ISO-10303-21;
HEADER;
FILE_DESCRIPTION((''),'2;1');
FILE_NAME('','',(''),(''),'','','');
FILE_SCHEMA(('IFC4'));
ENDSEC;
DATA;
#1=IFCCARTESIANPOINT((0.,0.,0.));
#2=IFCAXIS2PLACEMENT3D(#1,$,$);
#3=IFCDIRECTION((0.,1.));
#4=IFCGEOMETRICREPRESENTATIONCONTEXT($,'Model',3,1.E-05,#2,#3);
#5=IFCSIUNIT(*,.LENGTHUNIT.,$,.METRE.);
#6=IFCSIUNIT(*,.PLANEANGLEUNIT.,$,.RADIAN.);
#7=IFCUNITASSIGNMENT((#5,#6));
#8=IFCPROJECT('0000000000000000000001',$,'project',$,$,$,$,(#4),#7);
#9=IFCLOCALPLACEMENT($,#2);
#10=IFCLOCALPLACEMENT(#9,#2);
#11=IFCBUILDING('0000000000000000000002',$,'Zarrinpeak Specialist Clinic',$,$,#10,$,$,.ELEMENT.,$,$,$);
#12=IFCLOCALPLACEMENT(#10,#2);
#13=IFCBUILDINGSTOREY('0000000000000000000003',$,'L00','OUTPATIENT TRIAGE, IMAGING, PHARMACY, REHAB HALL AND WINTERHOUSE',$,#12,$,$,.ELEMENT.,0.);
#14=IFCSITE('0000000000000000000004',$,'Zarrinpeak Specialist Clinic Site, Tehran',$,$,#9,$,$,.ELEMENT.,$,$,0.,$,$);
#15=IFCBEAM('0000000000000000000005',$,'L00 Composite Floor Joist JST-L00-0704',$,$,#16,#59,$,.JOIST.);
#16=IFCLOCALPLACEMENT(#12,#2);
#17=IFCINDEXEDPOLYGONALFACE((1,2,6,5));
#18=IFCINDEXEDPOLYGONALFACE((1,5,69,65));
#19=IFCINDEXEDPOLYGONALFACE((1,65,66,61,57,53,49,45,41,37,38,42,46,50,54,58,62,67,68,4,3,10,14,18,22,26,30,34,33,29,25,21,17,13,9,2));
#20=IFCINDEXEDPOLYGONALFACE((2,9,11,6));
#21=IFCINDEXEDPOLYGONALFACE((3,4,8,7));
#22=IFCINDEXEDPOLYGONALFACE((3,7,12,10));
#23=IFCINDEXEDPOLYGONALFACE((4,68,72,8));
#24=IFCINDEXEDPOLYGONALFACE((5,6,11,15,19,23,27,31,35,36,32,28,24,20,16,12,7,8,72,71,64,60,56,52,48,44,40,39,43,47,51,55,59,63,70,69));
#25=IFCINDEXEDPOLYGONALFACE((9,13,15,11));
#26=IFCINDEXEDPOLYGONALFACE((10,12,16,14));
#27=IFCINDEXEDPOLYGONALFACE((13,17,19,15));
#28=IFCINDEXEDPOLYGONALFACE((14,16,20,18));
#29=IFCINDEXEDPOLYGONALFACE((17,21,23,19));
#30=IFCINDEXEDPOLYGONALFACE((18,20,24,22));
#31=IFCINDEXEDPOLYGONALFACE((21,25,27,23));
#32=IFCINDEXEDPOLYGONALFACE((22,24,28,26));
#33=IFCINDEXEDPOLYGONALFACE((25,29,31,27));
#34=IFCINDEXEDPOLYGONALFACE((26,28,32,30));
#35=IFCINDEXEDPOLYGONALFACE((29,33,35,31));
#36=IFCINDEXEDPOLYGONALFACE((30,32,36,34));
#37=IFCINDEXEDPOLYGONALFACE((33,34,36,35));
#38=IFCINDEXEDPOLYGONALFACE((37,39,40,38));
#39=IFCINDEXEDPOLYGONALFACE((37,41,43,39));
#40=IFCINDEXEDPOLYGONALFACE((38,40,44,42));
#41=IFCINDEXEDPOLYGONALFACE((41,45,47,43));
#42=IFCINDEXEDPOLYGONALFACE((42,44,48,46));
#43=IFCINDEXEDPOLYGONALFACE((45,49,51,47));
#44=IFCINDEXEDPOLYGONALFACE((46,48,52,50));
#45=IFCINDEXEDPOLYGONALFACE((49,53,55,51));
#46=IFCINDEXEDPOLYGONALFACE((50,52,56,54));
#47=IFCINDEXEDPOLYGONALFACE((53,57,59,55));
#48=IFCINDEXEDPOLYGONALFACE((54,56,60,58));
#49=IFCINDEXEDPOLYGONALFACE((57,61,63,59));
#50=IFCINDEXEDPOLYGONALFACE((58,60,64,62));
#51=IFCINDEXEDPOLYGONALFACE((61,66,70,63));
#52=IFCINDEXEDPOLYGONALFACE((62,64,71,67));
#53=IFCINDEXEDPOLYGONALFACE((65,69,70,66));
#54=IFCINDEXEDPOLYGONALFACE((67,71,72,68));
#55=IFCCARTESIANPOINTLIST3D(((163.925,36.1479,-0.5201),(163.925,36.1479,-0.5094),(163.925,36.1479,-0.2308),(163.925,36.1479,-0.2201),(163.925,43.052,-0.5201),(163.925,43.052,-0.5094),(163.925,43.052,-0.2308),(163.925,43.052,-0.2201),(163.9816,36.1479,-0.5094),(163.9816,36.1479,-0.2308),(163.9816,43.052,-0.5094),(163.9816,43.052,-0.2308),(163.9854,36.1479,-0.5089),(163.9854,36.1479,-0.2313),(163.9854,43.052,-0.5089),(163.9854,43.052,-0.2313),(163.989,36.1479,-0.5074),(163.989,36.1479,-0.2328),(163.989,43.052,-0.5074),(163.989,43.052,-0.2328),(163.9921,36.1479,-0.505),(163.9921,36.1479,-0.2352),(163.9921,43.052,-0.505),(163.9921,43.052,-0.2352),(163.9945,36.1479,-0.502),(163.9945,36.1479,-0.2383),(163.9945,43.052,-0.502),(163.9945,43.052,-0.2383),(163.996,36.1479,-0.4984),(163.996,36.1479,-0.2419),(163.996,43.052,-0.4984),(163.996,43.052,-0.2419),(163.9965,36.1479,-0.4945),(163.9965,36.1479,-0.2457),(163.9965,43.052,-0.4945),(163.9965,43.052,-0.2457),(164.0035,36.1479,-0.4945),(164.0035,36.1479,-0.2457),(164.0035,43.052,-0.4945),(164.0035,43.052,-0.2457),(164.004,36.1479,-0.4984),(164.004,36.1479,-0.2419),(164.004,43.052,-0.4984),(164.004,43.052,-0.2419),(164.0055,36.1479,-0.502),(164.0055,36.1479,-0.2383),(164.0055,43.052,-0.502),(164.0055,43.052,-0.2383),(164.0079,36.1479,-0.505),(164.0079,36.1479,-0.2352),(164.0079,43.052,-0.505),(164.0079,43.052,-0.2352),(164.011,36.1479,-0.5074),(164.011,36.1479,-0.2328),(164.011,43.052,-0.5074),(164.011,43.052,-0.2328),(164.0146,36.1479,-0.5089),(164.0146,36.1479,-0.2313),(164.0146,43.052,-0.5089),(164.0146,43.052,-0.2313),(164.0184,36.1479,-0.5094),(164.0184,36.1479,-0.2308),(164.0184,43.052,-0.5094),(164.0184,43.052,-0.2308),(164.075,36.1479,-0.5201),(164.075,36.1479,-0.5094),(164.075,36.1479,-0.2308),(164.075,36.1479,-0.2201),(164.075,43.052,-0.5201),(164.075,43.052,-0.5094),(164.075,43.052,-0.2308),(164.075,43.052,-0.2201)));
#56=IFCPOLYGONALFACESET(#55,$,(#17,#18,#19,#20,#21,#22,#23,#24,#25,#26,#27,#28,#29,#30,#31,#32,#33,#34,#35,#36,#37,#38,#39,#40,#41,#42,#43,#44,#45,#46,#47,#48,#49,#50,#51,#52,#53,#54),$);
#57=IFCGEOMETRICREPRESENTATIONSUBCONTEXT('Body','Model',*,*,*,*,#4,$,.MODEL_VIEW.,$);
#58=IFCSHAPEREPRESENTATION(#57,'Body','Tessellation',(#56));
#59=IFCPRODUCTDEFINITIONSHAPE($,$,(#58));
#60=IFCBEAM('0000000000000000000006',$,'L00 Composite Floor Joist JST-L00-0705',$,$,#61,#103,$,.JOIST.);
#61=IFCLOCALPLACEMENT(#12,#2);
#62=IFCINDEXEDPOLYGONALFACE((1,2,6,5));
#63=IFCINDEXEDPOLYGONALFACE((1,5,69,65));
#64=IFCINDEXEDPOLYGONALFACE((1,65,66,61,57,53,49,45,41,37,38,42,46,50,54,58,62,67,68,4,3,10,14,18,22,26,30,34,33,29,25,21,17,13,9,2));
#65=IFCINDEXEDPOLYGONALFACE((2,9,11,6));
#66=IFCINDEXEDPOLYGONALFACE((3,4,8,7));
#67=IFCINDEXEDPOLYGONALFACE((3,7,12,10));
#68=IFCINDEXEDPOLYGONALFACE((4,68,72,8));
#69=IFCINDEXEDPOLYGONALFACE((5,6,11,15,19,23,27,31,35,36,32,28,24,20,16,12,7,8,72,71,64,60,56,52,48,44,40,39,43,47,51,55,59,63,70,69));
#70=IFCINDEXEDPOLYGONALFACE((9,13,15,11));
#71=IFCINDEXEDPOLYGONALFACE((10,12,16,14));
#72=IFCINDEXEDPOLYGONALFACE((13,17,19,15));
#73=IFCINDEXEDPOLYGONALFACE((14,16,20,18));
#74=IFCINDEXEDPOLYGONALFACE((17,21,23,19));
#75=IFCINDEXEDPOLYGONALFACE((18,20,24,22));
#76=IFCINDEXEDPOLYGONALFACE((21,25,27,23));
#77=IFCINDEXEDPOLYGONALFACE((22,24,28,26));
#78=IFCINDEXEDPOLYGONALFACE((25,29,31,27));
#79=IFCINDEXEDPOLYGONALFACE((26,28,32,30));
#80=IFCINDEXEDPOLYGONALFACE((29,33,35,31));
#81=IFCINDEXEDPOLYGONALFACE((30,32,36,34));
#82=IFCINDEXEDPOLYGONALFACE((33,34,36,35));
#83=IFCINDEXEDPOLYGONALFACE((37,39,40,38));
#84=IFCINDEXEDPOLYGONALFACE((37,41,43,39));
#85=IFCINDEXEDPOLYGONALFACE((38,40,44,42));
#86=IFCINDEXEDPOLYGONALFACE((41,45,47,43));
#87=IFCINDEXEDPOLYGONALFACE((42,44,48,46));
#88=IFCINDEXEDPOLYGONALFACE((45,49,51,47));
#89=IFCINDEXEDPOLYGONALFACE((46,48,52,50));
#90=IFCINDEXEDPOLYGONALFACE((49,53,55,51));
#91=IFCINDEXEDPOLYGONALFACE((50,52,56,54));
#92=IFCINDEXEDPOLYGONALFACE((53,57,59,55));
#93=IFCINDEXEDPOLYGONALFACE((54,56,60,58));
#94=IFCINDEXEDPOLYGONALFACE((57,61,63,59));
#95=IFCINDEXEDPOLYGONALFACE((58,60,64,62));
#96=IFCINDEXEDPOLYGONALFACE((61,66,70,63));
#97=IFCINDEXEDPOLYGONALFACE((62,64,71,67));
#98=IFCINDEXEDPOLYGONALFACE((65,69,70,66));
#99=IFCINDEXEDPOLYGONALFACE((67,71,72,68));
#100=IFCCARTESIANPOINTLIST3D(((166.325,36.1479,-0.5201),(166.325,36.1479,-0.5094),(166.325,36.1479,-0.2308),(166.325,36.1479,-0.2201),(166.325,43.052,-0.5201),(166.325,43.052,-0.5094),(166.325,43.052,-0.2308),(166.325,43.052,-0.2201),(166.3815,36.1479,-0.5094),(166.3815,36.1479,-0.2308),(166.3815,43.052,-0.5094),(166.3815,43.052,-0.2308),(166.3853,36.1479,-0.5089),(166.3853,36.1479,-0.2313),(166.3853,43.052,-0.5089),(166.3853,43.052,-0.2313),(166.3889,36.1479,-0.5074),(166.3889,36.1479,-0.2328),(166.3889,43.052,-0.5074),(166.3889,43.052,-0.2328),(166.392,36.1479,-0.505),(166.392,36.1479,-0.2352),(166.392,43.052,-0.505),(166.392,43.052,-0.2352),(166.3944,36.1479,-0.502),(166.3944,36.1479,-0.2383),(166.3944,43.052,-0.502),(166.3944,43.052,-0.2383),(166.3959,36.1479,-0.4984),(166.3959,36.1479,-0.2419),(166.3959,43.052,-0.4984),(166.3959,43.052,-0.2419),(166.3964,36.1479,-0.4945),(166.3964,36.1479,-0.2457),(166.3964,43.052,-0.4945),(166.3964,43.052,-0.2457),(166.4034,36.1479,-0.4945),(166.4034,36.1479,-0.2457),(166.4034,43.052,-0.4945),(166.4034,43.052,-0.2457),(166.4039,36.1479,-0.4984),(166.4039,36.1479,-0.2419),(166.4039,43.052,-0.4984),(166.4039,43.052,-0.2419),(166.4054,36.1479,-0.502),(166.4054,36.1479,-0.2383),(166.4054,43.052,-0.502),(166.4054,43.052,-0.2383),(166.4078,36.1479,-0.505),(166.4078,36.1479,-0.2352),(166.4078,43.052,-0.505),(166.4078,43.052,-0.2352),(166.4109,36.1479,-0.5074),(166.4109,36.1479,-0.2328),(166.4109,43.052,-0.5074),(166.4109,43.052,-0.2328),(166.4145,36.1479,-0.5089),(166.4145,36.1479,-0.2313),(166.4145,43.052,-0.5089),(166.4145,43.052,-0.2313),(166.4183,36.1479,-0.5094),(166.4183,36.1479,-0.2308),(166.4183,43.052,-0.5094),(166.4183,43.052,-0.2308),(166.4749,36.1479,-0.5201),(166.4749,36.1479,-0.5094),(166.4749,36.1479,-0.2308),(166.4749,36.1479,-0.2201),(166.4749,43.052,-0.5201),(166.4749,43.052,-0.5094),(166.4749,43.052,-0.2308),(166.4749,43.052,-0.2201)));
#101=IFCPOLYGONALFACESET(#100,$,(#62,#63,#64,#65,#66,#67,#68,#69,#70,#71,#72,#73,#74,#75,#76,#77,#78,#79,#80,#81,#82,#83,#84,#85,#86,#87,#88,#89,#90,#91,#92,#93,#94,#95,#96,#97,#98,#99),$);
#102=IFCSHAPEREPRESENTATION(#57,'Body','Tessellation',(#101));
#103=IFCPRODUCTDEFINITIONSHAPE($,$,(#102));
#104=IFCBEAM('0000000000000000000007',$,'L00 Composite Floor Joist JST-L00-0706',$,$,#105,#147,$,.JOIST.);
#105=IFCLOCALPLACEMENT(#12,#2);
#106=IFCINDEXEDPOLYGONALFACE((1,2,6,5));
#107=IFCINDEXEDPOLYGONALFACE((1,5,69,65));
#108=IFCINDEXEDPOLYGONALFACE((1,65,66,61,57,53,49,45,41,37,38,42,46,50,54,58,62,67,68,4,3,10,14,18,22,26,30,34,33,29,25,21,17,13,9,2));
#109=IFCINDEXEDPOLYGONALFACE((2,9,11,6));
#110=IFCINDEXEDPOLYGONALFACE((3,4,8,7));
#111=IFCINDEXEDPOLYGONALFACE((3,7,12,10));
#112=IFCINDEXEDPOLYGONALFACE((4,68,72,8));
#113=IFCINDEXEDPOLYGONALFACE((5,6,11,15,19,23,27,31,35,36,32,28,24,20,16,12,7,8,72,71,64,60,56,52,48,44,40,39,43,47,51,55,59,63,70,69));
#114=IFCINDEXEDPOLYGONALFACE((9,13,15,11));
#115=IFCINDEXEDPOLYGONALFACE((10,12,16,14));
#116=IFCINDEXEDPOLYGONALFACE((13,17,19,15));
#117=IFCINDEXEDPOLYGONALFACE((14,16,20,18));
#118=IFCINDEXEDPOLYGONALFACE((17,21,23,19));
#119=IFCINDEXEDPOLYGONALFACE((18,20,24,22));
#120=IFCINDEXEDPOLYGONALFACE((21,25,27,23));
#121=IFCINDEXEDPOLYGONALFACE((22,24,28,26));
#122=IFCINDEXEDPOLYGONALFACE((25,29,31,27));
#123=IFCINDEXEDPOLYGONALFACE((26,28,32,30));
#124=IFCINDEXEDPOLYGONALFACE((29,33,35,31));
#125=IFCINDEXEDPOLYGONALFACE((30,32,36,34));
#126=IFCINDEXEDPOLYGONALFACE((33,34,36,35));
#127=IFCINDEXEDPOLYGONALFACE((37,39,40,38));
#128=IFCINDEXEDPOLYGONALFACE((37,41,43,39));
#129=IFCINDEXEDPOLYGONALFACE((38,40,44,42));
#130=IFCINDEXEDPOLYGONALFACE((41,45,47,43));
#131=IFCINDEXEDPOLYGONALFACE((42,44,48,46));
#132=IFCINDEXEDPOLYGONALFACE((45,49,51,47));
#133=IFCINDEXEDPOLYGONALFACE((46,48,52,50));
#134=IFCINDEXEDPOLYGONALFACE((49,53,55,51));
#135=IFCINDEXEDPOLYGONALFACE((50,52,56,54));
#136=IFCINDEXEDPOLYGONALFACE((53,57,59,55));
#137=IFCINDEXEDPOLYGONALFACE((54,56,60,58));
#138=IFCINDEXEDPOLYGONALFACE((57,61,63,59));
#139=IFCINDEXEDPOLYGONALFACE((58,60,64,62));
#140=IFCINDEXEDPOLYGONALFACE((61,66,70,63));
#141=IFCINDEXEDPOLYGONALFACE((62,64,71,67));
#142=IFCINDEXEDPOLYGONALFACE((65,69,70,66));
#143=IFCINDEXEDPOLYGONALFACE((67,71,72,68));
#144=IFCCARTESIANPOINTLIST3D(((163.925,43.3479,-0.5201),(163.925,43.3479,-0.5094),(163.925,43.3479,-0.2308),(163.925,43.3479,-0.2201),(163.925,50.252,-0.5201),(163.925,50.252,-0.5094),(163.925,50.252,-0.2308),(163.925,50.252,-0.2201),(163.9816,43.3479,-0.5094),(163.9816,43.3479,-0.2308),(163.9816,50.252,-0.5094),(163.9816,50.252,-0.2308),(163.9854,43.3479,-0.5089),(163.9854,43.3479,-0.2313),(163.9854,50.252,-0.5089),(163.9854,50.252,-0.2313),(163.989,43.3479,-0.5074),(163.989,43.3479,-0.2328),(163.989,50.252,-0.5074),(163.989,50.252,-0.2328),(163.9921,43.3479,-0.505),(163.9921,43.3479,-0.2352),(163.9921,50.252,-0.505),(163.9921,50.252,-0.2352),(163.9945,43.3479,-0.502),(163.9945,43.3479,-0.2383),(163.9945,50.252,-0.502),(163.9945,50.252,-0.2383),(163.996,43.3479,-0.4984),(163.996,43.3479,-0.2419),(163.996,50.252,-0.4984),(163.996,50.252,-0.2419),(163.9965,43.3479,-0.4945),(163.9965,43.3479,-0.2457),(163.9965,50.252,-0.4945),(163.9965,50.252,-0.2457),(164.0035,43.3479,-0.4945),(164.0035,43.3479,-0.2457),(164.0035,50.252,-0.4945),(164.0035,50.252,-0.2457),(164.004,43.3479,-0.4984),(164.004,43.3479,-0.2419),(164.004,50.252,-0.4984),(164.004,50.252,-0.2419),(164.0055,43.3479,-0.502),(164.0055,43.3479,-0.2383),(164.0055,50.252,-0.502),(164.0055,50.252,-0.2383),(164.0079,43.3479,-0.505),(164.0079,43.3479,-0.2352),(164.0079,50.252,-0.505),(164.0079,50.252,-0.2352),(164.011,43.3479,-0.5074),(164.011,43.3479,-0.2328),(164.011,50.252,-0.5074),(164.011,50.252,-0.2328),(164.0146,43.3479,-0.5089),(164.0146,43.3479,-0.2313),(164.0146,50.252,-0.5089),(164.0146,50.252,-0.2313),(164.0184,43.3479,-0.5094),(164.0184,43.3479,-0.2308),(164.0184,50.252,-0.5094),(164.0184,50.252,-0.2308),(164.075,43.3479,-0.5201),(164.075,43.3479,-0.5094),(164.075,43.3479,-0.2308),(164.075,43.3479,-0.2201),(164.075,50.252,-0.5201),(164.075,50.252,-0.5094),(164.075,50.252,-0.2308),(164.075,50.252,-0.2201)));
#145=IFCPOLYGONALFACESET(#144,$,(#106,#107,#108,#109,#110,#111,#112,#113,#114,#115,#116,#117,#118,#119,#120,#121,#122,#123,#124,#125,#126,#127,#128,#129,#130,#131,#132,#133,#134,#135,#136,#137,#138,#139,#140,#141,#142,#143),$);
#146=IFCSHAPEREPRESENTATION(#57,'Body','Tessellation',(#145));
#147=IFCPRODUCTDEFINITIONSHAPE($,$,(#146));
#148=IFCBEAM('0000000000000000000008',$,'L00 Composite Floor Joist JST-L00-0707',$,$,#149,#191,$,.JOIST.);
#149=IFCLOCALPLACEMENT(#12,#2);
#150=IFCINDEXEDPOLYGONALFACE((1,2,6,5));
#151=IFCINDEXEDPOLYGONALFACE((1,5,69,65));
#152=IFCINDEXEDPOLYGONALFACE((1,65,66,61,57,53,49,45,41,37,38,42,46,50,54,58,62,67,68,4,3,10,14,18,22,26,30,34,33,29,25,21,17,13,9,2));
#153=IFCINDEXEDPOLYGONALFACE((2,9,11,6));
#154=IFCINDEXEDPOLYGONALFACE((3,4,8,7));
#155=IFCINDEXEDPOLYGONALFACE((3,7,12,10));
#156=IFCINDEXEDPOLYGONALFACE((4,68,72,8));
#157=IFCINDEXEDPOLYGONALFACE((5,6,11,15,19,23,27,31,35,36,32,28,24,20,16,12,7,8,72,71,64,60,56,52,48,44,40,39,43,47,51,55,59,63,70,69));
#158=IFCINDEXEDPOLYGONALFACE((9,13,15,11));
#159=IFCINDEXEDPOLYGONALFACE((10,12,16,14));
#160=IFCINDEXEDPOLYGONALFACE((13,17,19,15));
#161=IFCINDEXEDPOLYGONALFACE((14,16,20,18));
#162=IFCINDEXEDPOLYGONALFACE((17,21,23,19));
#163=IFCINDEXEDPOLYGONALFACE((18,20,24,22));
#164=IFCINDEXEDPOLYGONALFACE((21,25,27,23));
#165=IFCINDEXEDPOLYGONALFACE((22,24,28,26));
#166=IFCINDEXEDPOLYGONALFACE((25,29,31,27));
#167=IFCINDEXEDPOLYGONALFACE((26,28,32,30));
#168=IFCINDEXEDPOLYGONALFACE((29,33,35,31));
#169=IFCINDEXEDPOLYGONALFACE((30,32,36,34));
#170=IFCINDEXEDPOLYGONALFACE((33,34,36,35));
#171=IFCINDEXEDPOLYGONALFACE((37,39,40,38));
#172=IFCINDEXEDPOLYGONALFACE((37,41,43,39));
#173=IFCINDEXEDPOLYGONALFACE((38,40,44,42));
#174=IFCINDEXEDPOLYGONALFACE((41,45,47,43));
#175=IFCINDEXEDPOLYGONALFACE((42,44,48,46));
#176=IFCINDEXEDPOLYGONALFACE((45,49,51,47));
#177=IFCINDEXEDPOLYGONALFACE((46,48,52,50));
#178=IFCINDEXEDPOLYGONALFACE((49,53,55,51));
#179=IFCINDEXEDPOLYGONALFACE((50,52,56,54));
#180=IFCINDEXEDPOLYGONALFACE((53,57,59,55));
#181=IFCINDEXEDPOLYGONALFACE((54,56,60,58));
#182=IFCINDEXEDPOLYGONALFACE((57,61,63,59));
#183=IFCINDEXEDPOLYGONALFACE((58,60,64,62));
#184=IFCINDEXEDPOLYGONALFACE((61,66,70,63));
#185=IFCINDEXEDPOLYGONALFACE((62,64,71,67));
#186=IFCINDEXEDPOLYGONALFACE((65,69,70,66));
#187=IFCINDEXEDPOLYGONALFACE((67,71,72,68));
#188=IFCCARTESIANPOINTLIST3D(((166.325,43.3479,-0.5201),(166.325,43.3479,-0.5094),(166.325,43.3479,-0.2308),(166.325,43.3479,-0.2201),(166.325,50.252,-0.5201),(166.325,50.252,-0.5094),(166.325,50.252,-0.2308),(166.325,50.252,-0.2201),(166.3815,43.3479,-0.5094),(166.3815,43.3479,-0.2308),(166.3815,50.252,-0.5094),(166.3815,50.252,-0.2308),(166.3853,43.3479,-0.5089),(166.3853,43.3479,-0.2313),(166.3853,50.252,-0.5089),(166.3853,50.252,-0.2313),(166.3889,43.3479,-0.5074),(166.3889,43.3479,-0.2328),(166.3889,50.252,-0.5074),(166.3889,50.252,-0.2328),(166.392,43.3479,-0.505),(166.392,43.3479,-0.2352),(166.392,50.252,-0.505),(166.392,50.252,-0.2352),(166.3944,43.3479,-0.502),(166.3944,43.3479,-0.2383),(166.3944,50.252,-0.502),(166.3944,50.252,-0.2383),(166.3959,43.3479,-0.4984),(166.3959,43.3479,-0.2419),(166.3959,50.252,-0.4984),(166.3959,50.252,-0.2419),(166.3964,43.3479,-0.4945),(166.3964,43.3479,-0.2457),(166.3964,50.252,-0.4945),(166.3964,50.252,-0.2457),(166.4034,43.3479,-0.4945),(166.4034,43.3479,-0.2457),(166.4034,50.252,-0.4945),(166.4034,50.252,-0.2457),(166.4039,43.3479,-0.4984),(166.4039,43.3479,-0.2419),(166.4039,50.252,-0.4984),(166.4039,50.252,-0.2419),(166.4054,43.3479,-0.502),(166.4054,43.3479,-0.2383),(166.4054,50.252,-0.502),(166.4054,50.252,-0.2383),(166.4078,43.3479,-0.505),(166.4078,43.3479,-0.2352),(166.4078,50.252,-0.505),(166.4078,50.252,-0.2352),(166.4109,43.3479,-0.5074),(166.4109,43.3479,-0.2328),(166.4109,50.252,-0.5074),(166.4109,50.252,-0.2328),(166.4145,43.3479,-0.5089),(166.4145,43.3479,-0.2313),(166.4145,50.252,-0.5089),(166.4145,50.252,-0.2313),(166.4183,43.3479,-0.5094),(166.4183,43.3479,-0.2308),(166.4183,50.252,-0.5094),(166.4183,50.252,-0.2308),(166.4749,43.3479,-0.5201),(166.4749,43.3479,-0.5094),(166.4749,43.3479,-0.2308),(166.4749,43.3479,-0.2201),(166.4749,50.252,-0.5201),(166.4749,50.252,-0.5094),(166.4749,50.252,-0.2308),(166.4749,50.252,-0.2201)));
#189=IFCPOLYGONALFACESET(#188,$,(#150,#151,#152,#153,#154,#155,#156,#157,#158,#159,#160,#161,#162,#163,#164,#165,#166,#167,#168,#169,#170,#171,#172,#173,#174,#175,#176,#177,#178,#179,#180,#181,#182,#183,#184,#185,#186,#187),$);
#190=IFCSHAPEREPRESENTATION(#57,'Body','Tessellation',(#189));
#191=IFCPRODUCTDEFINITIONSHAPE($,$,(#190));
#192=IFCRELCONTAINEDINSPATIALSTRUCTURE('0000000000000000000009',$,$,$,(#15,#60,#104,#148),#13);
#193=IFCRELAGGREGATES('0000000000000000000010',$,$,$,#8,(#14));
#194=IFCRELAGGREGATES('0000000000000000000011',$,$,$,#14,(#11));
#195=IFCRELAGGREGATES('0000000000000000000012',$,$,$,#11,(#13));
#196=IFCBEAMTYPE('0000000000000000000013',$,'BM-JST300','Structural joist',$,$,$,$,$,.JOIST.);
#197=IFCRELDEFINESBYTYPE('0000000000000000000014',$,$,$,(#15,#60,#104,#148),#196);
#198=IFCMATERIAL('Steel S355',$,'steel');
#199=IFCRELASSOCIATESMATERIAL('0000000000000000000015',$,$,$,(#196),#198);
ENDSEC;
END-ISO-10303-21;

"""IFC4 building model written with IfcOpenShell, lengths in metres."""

from ifc_helpers import new_model, si_unit, direction, frame, origin, origin_2d, place, context, subcontext, project, spatial, i_section, extrude, material, material_profile, profile_set, type_object, element, save


model = new_model("IFC4")

# Units and contexts
model_context = context("Model", 3, precision=1e-05, world=origin(), true_north=direction((0.0, 1.0)))
body_context = subcontext(model_context, "Body", "Model", "MODEL_VIEW")
ifc_project = project(units=[si_unit("LENGTHUNIT", "METRE"), si_unit("PLANEANGLEUNIT", "RADIAN")], contexts=[model_context])

# Site, building, storey
site_placement = place(None, origin())
site = spatial("IfcSite", under=ifc_project, at=site_placement, Name="Zarrinpeak Specialist Clinic Site, Tehran", CompositionType="ELEMENT", RefElevation=0.0)
building_placement = place(site_placement, origin())
building = spatial("IfcBuilding", under=site, at=building_placement, Name="Zarrinpeak Specialist Clinic", CompositionType="ELEMENT")
storey_placement = place(building_placement, origin())
storey = spatial("IfcBuildingStorey", under=building, at=storey_placement, Name="L00", Description="OUTPATIENT TRIAGE, IMAGING, PHARMACY, REHAB HALL AND WINTERHOUSE", CompositionType="ELEMENT", Elevation=0.0)

# Beams
ifc_material_1 = material(Name="Steel S355", Category="steel")
ifc_material_profile_1 = material_profile(ifc_material_1, i_section(OverallWidth=0.1499, OverallDepth=0.3, WebThickness=0.0071, FlangeThickness=0.0107, FilletRadius=0.0149, at=origin_2d()), Name="IPE 300")
ifc_profile_set_1 = profile_set([ifc_material_profile_1], Name="Steel S355")
beam_type_1 = type_object("IfcBeamType", Name="BM-JST300", Description="Structural joist", PredefinedType="JOIST", material=ifc_profile_set_1)
for number, where, z_axis, x_axis, name in (
    (1, (164.0, 36.1479, -0.3701), (0.0, 1.0, 0.0), (-1.0, 0.0, 0.0), "L00 Composite Floor Joist JST-L00-0704"),
    (2, (166.3999, 36.1479, -0.3701), (0.0, 1.0, 0.0), (-1.0, 0.0, 0.0), "L00 Composite Floor Joist JST-L00-0705"),
    (3, (164.0, 43.3479, -0.3701), (0.0, 1.0, 0.0), (-1.0, 0.0, 0.0), "L00 Composite Floor Joist JST-L00-0706"),
    (4, (166.3999, 43.3479, -0.3701), (0.0, 1.0, 0.0), (-1.0, 0.0, 0.0), "L00 Composite Floor Joist JST-L00-0707"),
):
    element("IfcBeam", number, at=place(storey_placement, frame(where, z_axis=z_axis, x_axis=x_axis)), inside=storey, type_object=beam_type_1, Name=name, PredefinedType="JOIST", context=body_context, shape_type="SweptSolid", body=[
        extrude(i_section(OverallWidth=0.1499, OverallDepth=0.3, WebThickness=0.0071, FlangeThickness=0.0107, FilletRadius=0.0149, at=origin_2d()), origin(), (0.0, 0.0, 1.0), 6.9041),
    ])

save(model, "model.ifc")
